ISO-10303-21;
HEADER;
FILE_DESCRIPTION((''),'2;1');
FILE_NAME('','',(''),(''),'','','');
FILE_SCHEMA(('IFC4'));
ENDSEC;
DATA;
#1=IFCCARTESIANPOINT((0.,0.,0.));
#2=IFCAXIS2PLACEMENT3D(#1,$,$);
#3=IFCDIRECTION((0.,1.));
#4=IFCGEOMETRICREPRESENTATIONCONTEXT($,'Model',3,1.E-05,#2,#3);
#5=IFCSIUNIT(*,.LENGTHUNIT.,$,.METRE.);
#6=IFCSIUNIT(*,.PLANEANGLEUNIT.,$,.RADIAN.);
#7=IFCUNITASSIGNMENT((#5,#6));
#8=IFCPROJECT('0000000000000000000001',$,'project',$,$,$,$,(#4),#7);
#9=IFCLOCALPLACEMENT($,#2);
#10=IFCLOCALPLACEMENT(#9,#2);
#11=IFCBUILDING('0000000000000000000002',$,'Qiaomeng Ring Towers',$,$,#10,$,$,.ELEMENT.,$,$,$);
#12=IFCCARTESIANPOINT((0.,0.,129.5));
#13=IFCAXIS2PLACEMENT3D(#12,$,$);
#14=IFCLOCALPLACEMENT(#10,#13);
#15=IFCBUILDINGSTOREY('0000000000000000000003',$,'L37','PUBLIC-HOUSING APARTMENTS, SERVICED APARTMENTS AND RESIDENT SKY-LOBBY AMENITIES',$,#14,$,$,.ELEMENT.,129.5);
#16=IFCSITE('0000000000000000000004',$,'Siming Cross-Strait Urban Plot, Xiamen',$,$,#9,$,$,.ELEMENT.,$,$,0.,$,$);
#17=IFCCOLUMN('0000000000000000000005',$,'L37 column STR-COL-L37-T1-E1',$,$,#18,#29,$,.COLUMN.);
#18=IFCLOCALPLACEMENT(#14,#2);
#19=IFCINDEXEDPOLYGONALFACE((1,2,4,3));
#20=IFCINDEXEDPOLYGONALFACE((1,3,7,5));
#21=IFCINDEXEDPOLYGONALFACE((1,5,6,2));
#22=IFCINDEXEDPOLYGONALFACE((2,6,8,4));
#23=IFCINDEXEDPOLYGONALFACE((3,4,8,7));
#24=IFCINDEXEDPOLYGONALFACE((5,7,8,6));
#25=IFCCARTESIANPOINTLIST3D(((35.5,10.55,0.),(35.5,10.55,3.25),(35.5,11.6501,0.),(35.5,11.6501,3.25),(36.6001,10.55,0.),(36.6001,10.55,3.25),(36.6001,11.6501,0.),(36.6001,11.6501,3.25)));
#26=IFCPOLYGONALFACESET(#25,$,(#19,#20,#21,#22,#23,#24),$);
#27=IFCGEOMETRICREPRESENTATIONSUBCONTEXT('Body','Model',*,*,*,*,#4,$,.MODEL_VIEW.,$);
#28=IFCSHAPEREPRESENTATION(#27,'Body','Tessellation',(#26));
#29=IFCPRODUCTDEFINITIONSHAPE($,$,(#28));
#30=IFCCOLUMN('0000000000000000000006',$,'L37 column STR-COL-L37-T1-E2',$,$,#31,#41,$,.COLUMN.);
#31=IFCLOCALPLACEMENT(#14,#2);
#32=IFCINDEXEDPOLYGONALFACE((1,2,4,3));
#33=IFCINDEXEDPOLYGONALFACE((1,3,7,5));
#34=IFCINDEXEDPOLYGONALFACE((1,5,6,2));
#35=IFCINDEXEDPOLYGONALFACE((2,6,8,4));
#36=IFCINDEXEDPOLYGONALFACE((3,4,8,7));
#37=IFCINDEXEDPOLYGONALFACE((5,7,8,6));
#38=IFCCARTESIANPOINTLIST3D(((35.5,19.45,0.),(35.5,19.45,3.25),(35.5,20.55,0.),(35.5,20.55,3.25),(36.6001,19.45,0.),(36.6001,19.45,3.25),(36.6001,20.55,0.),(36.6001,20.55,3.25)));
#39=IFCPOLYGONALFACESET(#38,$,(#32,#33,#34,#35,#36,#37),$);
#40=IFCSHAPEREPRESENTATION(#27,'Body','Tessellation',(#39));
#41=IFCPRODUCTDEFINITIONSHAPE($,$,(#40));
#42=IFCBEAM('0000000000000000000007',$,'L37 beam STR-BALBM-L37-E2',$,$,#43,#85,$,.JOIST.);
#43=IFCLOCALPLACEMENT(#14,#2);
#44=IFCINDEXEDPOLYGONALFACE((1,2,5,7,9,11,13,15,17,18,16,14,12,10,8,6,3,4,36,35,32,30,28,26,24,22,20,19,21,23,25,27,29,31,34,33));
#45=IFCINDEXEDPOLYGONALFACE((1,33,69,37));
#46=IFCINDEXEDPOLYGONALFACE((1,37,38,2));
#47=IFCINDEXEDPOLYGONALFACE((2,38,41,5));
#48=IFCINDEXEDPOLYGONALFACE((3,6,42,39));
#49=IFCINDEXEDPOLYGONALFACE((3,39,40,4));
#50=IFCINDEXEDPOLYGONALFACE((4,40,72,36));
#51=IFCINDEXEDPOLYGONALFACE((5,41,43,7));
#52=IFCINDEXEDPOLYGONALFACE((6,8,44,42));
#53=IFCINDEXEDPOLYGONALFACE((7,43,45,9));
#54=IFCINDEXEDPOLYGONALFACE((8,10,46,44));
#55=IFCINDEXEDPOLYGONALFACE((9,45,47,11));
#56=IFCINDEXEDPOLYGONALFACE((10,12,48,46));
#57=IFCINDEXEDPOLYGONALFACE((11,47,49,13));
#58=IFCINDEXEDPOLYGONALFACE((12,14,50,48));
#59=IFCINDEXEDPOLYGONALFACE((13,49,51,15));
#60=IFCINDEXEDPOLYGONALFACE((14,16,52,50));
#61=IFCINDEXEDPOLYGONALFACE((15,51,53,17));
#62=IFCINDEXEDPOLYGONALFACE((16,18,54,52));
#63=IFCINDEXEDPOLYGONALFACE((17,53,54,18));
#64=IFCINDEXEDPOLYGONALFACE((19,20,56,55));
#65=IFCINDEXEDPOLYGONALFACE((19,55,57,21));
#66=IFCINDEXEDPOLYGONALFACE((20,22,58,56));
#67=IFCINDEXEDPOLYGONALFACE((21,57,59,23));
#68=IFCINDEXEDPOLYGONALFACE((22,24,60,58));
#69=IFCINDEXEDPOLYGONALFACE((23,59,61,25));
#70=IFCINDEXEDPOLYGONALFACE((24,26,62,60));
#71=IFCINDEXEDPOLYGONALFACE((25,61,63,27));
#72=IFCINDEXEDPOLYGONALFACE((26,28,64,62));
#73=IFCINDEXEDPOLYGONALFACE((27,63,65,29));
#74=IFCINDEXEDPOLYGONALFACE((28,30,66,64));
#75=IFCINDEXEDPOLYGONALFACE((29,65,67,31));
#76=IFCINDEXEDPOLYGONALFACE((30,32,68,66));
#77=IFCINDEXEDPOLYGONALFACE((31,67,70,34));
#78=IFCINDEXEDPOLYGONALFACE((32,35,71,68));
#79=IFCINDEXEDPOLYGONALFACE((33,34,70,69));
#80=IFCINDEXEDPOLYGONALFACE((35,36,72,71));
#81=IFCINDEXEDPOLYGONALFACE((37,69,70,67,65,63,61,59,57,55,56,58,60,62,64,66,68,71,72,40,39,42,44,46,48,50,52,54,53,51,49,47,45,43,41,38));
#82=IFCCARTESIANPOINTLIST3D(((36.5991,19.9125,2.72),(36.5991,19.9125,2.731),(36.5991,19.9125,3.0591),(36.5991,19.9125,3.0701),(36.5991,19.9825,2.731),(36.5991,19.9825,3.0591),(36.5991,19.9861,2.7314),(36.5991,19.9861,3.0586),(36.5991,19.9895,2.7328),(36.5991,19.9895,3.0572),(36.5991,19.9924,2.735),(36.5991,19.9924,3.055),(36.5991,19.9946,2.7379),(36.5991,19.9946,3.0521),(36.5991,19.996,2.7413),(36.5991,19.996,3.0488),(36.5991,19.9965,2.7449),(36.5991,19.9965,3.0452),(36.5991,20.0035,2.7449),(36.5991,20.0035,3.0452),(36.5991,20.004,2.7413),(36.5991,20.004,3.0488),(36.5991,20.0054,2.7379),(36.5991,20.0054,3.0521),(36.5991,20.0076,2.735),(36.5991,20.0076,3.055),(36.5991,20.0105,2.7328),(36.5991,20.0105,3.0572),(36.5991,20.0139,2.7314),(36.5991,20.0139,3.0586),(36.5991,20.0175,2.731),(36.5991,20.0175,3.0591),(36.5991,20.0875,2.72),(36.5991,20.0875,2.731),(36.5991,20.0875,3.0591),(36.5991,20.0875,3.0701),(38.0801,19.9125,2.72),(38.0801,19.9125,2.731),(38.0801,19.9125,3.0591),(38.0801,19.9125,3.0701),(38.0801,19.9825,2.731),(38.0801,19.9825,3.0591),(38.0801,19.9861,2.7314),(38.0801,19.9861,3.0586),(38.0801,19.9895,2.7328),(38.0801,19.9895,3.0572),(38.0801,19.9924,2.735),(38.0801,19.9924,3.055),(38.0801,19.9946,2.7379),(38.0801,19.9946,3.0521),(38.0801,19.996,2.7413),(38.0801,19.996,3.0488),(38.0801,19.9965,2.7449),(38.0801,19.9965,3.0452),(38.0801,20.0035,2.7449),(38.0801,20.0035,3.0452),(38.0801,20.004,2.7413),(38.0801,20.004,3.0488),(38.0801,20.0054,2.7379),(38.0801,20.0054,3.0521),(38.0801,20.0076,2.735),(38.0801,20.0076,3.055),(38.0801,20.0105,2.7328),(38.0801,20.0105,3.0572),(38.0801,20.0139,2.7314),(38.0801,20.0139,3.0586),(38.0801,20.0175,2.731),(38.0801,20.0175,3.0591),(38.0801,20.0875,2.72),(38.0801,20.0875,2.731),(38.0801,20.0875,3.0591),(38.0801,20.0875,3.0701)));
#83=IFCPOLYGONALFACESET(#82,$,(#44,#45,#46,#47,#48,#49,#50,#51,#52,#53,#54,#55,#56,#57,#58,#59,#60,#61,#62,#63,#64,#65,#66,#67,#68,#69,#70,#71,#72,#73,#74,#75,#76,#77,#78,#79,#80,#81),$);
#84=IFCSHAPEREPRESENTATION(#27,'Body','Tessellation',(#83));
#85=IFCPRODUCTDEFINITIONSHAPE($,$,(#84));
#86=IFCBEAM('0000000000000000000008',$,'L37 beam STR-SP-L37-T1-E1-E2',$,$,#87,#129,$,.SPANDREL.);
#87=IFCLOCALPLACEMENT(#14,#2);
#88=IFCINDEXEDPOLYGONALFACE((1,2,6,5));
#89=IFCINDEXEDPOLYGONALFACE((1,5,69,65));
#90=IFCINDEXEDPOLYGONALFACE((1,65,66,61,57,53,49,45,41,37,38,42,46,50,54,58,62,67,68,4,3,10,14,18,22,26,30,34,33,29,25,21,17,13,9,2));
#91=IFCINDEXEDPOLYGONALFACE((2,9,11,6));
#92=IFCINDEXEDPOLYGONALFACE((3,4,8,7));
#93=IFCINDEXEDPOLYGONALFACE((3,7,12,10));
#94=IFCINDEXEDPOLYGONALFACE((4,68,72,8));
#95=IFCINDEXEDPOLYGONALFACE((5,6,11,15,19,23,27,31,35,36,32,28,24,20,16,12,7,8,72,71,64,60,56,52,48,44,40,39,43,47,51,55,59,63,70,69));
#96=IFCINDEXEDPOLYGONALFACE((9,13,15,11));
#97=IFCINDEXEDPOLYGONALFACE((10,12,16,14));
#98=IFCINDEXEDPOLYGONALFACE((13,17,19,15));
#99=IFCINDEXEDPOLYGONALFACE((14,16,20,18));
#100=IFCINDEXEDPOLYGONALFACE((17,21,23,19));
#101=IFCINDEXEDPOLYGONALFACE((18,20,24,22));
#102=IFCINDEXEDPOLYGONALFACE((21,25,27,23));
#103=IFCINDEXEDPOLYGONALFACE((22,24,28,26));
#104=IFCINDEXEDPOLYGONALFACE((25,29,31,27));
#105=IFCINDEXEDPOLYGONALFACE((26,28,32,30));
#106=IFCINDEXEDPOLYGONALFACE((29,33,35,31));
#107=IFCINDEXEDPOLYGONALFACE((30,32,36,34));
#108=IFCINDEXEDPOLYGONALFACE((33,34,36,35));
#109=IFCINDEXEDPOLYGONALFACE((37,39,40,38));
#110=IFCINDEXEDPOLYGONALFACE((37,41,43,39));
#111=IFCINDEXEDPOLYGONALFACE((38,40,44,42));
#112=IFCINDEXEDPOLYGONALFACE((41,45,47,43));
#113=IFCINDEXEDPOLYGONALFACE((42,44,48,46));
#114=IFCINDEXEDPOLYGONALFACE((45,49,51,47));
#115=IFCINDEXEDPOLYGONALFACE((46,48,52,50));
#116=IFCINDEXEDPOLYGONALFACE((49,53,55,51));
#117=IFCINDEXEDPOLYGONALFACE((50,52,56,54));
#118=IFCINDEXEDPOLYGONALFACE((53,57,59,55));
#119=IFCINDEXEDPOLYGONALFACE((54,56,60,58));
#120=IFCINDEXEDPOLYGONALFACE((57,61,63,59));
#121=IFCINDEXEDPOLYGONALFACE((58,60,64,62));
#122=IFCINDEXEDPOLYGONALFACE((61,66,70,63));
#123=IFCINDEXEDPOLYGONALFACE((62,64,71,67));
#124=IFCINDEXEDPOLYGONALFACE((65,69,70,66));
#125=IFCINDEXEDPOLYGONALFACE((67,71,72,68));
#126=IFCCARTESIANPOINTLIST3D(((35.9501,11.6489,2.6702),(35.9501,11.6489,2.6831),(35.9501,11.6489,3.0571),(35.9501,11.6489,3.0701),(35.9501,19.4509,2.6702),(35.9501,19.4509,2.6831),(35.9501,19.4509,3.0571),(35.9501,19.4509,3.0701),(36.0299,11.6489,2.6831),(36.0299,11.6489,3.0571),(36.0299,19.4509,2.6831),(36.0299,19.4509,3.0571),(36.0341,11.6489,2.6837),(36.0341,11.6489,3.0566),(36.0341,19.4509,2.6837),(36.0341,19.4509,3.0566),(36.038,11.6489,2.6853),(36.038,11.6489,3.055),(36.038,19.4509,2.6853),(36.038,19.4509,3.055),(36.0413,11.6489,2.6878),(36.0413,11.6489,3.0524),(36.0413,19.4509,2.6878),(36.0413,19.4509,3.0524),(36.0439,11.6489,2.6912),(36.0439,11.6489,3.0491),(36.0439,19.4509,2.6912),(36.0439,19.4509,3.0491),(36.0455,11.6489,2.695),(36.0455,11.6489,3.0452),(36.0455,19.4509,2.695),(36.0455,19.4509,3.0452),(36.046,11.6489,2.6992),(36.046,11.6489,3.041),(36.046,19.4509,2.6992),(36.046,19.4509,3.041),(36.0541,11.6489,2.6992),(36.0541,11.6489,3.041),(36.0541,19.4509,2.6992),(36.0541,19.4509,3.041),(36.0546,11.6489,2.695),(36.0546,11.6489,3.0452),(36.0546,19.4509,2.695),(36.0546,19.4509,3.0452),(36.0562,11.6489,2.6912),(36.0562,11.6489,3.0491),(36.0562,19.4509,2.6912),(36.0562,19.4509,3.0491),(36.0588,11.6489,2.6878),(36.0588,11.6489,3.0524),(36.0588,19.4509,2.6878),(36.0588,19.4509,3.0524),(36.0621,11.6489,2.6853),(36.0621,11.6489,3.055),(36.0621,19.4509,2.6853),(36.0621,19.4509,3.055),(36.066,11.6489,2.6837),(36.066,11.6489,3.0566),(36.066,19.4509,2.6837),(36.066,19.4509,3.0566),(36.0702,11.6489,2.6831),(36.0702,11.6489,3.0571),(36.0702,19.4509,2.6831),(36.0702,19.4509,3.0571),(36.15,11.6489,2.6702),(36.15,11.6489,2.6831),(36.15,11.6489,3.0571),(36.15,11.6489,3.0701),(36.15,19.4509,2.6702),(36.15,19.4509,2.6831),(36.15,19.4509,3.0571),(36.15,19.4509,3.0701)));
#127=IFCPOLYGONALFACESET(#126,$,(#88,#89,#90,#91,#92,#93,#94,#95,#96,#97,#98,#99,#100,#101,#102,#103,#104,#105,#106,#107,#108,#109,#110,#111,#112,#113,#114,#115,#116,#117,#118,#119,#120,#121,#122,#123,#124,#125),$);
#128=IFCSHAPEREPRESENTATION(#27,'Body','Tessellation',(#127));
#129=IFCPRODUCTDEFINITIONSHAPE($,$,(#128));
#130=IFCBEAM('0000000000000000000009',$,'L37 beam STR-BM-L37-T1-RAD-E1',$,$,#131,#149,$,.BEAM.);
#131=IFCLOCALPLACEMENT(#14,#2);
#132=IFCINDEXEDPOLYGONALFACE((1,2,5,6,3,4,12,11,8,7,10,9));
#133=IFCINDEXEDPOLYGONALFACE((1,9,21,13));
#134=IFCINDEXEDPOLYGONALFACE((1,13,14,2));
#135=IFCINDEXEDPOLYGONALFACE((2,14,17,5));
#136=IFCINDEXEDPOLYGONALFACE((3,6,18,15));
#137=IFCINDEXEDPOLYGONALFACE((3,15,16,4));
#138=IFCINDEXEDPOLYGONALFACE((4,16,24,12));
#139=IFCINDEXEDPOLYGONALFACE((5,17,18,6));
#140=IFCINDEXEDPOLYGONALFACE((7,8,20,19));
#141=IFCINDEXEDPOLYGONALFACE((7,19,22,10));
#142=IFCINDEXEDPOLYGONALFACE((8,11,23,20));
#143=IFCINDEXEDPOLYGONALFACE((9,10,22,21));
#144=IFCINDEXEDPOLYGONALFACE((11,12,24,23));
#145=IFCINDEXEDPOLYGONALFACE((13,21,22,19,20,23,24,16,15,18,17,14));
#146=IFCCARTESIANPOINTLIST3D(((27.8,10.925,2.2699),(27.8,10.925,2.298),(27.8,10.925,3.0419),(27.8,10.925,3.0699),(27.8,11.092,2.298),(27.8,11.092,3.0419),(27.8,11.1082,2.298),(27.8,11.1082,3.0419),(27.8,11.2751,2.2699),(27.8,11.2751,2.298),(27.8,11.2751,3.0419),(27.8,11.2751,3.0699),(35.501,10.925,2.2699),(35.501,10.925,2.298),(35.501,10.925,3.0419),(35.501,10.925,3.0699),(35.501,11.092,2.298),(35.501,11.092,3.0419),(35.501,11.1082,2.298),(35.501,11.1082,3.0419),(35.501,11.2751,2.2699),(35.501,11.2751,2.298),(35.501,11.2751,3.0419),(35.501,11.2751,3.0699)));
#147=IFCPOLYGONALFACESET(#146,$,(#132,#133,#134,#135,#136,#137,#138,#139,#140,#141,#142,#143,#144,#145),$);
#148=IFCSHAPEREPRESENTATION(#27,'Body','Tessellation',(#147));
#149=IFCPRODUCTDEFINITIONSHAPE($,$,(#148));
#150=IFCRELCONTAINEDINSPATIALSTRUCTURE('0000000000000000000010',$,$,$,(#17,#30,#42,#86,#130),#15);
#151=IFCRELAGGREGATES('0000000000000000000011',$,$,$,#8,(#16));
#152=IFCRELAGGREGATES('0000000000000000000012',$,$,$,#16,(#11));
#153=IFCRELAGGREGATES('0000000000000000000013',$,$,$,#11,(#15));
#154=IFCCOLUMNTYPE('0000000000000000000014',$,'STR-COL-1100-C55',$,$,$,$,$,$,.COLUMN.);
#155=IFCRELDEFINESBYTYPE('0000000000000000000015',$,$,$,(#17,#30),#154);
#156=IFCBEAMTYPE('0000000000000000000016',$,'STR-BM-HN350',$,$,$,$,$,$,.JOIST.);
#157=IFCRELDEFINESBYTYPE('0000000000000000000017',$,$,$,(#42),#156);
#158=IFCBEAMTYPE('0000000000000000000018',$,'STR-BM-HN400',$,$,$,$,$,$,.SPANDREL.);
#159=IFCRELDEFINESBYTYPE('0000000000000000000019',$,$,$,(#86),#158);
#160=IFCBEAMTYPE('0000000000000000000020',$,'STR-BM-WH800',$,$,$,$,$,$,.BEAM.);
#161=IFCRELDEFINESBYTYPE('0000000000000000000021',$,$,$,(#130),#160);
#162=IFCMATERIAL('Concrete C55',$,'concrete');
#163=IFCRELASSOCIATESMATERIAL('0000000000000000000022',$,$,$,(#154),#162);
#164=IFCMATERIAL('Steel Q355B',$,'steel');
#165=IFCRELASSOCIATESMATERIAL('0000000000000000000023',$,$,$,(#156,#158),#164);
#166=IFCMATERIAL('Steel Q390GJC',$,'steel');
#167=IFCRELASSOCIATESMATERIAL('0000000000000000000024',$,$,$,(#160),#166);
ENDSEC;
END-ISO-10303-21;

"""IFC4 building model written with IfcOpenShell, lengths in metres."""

from ifc_helpers import new_model, si_unit, direction, frame, origin, origin_2d, place, context, subcontext, project, spatial, rectangle, i_section, extrude, source, transform, mapped, material, material_profile, profile_set, type_object, element, save


model = new_model("IFC4")

# Units and contexts
model_context = context("Model", 3, precision=1e-05, world=origin(), true_north=direction((0.0, 1.0)))
body_context = subcontext(model_context, "Body", "Model", "MODEL_VIEW")
ifc_project = project(units=[si_unit("LENGTHUNIT", "METRE"), si_unit("PLANEANGLEUNIT", "RADIAN")], contexts=[model_context])

# Site, building, storey
site_placement = place(None, origin())
site = spatial("IfcSite", under=ifc_project, at=site_placement, Name="Siming Cross-Strait Urban Plot, Xiamen", CompositionType="ELEMENT", RefElevation=0.0)
building_placement = place(site_placement, origin())
building = spatial("IfcBuilding", under=site, at=building_placement, Name="Qiaomeng Ring Towers", CompositionType="ELEMENT")
storey_placement = place(building_placement, frame((0.0, 0.0, 129.5)))
storey = spatial("IfcBuildingStorey", under=building, at=storey_placement, Name="L37", Description="PUBLIC-HOUSING APARTMENTS, SERVICED APARTMENTS AND RESIDENT SKY-LOBBY AMENITIES", CompositionType="ELEMENT", Elevation=129.5)

# Columns
ifc_material_1 = material(Name="Concrete C55", Category="concrete")
ifc_material_profile_1 = material_profile(ifc_material_1, rectangle(XDim=1.1001, YDim=1.1001, at=origin_2d()), Name="RC COL 1100x1100")
ifc_profile_set_1 = profile_set([ifc_material_profile_1], Name="Concrete C55")
column_type = type_object("IfcColumnType", Name="STR-COL-1100-C55", PredefinedType="COLUMN", material=ifc_profile_set_1)
shared_shape_1 = source(origin(), body_context, "Body", "SweptSolid", [
    extrude(rectangle(XDim=1.1001, YDim=1.1001, at=origin_2d()), origin(), (0.0, 0.0, 1.0), 3.25),
])
for number, where, z_axis, x_axis, name in (
    (1, (36.05, 11.1001, 0.0), (0.0, 0.0, 1.0), (1.0, 0.0, 0.0), "L37 column STR-COL-L37-T1-E1"),
    (2, (36.05, 20.0, 0.0), (0.0, 0.0, 1.0), (1.0, 0.0, 0.0), "L37 column STR-COL-L37-T1-E2"),
):
    element("IfcColumn", number, at=place(storey_placement, frame(where, z_axis=z_axis, x_axis=x_axis)), inside=storey, type_object=column_type, Name=name, PredefinedType="COLUMN", context=body_context, shape_type="MappedRepresentation", body=[
        mapped(shared_shape_1, transform((0.0, 0.0, 0.0), x_axis=(1.0, 0.0, 0.0), y_axis=(0.0, 1.0, 0.0), z_axis=(0.0, 0.0, 1.0), scale=1.0)),
    ])

# Beams
ifc_material_2 = material(Name="Steel Q355B", Category="steel")
ifc_material_profile_2 = material_profile(ifc_material_2, i_section(OverallWidth=0.175, OverallDepth=0.3501, WebThickness=0.0071, FlangeThickness=0.011, FilletRadius=0.0139, at=origin_2d()), Name="HN 350x175x7x11")
ifc_profile_set_2 = profile_set([ifc_material_profile_2], Name="Steel Q355B")
beam_type_1 = type_object("IfcBeamType", Name="STR-BM-HN350", PredefinedType="JOIST", material=ifc_profile_set_2)
shared_shape_2 = source(origin(), body_context, "Body", "SweptSolid", [
    extrude(i_section(OverallWidth=0.175, OverallDepth=0.3501, WebThickness=0.0071, FlangeThickness=0.011, FilletRadius=0.0139, at=origin_2d()), origin(), (0.0, 0.0, 1.0), 1.481),
])
beam_1_placement = place(storey_placement, frame((36.5991, 20.0, 2.895), z_axis=(1.0, 0.0, 0.0), x_axis=(0.0, 1.0, 0.0)))
element("IfcBeam", 3, at=beam_1_placement, inside=storey, type_object=beam_type_1, Name="L37 beam STR-BALBM-L37-E2", PredefinedType="JOIST", context=body_context, shape_type="MappedRepresentation", body=[
    mapped(shared_shape_2, transform((0.0, 0.0, 0.0), x_axis=(1.0, 0.0, 0.0), y_axis=(0.0, 1.0, 0.0), z_axis=(0.0, 0.0, 1.0), scale=1.0)),
])
ifc_material_profile_3 = material_profile(ifc_material_2, i_section(OverallWidth=0.2, OverallDepth=0.3999, WebThickness=0.0081, FlangeThickness=0.0129, FilletRadius=0.0161, at=origin_2d()), Name="HN 400x200x8x13")
ifc_profile_set_3 = profile_set([ifc_material_profile_3], Name="Steel Q355B")
beam_type_2 = type_object("IfcBeamType", Name="STR-BM-HN400", PredefinedType="SPANDREL", material=ifc_profile_set_3)
shared_shape_3 = source(origin(), body_context, "Body", "SweptSolid", [
    extrude(i_section(OverallWidth=0.2, OverallDepth=0.3999, WebThickness=0.0081, FlangeThickness=0.0129, FilletRadius=0.0161, at=origin_2d()), origin(), (0.0, 0.0, 1.0), 7.802),
])
beam_2_placement = place(storey_placement, frame((36.05, 11.6489, 2.8701), z_axis=(0.0, 1.0, 0.0), x_axis=(-1.0, 0.0, 0.0)))
element("IfcBeam", 4, at=beam_2_placement, inside=storey, type_object=beam_type_2, Name="L37 beam STR-SP-L37-T1-E1-E2", PredefinedType="SPANDREL", context=body_context, shape_type="MappedRepresentation", body=[
    mapped(shared_shape_3, transform((0.0, 0.0, 0.0), x_axis=(1.0, 0.0, 0.0), y_axis=(0.0, 1.0, 0.0), z_axis=(0.0, 0.0, 1.0), scale=1.0)),
])
ifc_material_3 = material(Name="Steel Q390GJC", Category="steel")
ifc_material_profile_4 = material_profile(ifc_material_3, i_section(OverallWidth=0.3501, OverallDepth=0.8, WebThickness=0.0161, FlangeThickness=0.0281, at=origin_2d()), Name="WH 800x350x16x28")
ifc_profile_set_4 = profile_set([ifc_material_profile_4], Name="Steel Q390GJC")
beam_type_3 = type_object("IfcBeamType", Name="STR-BM-WH800", PredefinedType="BEAM", material=ifc_profile_set_4)
shared_shape_4 = source(origin(), body_context, "Body", "SweptSolid", [
    extrude(i_section(OverallWidth=0.3501, OverallDepth=0.8, WebThickness=0.0161, FlangeThickness=0.0281, at=origin_2d()), origin(), (0.0, 0.0, 1.0), 7.7009),
])
beam_3_placement = place(storey_placement, frame((27.8, 11.1001, 2.6699), z_axis=(1.0, 0.0, 0.0), x_axis=(0.0, 1.0, 0.0)))
element("IfcBeam", 5, at=beam_3_placement, inside=storey, type_object=beam_type_3, Name="L37 beam STR-BM-L37-T1-RAD-E1", PredefinedType="BEAM", context=body_context, shape_type="MappedRepresentation", body=[
    mapped(shared_shape_4, transform((0.0, 0.0, 0.0), x_axis=(1.0, 0.0, 0.0), y_axis=(0.0, 1.0, 0.0), z_axis=(0.0, 0.0, 1.0), scale=1.0)),
])

save(model, "model.ifc")
